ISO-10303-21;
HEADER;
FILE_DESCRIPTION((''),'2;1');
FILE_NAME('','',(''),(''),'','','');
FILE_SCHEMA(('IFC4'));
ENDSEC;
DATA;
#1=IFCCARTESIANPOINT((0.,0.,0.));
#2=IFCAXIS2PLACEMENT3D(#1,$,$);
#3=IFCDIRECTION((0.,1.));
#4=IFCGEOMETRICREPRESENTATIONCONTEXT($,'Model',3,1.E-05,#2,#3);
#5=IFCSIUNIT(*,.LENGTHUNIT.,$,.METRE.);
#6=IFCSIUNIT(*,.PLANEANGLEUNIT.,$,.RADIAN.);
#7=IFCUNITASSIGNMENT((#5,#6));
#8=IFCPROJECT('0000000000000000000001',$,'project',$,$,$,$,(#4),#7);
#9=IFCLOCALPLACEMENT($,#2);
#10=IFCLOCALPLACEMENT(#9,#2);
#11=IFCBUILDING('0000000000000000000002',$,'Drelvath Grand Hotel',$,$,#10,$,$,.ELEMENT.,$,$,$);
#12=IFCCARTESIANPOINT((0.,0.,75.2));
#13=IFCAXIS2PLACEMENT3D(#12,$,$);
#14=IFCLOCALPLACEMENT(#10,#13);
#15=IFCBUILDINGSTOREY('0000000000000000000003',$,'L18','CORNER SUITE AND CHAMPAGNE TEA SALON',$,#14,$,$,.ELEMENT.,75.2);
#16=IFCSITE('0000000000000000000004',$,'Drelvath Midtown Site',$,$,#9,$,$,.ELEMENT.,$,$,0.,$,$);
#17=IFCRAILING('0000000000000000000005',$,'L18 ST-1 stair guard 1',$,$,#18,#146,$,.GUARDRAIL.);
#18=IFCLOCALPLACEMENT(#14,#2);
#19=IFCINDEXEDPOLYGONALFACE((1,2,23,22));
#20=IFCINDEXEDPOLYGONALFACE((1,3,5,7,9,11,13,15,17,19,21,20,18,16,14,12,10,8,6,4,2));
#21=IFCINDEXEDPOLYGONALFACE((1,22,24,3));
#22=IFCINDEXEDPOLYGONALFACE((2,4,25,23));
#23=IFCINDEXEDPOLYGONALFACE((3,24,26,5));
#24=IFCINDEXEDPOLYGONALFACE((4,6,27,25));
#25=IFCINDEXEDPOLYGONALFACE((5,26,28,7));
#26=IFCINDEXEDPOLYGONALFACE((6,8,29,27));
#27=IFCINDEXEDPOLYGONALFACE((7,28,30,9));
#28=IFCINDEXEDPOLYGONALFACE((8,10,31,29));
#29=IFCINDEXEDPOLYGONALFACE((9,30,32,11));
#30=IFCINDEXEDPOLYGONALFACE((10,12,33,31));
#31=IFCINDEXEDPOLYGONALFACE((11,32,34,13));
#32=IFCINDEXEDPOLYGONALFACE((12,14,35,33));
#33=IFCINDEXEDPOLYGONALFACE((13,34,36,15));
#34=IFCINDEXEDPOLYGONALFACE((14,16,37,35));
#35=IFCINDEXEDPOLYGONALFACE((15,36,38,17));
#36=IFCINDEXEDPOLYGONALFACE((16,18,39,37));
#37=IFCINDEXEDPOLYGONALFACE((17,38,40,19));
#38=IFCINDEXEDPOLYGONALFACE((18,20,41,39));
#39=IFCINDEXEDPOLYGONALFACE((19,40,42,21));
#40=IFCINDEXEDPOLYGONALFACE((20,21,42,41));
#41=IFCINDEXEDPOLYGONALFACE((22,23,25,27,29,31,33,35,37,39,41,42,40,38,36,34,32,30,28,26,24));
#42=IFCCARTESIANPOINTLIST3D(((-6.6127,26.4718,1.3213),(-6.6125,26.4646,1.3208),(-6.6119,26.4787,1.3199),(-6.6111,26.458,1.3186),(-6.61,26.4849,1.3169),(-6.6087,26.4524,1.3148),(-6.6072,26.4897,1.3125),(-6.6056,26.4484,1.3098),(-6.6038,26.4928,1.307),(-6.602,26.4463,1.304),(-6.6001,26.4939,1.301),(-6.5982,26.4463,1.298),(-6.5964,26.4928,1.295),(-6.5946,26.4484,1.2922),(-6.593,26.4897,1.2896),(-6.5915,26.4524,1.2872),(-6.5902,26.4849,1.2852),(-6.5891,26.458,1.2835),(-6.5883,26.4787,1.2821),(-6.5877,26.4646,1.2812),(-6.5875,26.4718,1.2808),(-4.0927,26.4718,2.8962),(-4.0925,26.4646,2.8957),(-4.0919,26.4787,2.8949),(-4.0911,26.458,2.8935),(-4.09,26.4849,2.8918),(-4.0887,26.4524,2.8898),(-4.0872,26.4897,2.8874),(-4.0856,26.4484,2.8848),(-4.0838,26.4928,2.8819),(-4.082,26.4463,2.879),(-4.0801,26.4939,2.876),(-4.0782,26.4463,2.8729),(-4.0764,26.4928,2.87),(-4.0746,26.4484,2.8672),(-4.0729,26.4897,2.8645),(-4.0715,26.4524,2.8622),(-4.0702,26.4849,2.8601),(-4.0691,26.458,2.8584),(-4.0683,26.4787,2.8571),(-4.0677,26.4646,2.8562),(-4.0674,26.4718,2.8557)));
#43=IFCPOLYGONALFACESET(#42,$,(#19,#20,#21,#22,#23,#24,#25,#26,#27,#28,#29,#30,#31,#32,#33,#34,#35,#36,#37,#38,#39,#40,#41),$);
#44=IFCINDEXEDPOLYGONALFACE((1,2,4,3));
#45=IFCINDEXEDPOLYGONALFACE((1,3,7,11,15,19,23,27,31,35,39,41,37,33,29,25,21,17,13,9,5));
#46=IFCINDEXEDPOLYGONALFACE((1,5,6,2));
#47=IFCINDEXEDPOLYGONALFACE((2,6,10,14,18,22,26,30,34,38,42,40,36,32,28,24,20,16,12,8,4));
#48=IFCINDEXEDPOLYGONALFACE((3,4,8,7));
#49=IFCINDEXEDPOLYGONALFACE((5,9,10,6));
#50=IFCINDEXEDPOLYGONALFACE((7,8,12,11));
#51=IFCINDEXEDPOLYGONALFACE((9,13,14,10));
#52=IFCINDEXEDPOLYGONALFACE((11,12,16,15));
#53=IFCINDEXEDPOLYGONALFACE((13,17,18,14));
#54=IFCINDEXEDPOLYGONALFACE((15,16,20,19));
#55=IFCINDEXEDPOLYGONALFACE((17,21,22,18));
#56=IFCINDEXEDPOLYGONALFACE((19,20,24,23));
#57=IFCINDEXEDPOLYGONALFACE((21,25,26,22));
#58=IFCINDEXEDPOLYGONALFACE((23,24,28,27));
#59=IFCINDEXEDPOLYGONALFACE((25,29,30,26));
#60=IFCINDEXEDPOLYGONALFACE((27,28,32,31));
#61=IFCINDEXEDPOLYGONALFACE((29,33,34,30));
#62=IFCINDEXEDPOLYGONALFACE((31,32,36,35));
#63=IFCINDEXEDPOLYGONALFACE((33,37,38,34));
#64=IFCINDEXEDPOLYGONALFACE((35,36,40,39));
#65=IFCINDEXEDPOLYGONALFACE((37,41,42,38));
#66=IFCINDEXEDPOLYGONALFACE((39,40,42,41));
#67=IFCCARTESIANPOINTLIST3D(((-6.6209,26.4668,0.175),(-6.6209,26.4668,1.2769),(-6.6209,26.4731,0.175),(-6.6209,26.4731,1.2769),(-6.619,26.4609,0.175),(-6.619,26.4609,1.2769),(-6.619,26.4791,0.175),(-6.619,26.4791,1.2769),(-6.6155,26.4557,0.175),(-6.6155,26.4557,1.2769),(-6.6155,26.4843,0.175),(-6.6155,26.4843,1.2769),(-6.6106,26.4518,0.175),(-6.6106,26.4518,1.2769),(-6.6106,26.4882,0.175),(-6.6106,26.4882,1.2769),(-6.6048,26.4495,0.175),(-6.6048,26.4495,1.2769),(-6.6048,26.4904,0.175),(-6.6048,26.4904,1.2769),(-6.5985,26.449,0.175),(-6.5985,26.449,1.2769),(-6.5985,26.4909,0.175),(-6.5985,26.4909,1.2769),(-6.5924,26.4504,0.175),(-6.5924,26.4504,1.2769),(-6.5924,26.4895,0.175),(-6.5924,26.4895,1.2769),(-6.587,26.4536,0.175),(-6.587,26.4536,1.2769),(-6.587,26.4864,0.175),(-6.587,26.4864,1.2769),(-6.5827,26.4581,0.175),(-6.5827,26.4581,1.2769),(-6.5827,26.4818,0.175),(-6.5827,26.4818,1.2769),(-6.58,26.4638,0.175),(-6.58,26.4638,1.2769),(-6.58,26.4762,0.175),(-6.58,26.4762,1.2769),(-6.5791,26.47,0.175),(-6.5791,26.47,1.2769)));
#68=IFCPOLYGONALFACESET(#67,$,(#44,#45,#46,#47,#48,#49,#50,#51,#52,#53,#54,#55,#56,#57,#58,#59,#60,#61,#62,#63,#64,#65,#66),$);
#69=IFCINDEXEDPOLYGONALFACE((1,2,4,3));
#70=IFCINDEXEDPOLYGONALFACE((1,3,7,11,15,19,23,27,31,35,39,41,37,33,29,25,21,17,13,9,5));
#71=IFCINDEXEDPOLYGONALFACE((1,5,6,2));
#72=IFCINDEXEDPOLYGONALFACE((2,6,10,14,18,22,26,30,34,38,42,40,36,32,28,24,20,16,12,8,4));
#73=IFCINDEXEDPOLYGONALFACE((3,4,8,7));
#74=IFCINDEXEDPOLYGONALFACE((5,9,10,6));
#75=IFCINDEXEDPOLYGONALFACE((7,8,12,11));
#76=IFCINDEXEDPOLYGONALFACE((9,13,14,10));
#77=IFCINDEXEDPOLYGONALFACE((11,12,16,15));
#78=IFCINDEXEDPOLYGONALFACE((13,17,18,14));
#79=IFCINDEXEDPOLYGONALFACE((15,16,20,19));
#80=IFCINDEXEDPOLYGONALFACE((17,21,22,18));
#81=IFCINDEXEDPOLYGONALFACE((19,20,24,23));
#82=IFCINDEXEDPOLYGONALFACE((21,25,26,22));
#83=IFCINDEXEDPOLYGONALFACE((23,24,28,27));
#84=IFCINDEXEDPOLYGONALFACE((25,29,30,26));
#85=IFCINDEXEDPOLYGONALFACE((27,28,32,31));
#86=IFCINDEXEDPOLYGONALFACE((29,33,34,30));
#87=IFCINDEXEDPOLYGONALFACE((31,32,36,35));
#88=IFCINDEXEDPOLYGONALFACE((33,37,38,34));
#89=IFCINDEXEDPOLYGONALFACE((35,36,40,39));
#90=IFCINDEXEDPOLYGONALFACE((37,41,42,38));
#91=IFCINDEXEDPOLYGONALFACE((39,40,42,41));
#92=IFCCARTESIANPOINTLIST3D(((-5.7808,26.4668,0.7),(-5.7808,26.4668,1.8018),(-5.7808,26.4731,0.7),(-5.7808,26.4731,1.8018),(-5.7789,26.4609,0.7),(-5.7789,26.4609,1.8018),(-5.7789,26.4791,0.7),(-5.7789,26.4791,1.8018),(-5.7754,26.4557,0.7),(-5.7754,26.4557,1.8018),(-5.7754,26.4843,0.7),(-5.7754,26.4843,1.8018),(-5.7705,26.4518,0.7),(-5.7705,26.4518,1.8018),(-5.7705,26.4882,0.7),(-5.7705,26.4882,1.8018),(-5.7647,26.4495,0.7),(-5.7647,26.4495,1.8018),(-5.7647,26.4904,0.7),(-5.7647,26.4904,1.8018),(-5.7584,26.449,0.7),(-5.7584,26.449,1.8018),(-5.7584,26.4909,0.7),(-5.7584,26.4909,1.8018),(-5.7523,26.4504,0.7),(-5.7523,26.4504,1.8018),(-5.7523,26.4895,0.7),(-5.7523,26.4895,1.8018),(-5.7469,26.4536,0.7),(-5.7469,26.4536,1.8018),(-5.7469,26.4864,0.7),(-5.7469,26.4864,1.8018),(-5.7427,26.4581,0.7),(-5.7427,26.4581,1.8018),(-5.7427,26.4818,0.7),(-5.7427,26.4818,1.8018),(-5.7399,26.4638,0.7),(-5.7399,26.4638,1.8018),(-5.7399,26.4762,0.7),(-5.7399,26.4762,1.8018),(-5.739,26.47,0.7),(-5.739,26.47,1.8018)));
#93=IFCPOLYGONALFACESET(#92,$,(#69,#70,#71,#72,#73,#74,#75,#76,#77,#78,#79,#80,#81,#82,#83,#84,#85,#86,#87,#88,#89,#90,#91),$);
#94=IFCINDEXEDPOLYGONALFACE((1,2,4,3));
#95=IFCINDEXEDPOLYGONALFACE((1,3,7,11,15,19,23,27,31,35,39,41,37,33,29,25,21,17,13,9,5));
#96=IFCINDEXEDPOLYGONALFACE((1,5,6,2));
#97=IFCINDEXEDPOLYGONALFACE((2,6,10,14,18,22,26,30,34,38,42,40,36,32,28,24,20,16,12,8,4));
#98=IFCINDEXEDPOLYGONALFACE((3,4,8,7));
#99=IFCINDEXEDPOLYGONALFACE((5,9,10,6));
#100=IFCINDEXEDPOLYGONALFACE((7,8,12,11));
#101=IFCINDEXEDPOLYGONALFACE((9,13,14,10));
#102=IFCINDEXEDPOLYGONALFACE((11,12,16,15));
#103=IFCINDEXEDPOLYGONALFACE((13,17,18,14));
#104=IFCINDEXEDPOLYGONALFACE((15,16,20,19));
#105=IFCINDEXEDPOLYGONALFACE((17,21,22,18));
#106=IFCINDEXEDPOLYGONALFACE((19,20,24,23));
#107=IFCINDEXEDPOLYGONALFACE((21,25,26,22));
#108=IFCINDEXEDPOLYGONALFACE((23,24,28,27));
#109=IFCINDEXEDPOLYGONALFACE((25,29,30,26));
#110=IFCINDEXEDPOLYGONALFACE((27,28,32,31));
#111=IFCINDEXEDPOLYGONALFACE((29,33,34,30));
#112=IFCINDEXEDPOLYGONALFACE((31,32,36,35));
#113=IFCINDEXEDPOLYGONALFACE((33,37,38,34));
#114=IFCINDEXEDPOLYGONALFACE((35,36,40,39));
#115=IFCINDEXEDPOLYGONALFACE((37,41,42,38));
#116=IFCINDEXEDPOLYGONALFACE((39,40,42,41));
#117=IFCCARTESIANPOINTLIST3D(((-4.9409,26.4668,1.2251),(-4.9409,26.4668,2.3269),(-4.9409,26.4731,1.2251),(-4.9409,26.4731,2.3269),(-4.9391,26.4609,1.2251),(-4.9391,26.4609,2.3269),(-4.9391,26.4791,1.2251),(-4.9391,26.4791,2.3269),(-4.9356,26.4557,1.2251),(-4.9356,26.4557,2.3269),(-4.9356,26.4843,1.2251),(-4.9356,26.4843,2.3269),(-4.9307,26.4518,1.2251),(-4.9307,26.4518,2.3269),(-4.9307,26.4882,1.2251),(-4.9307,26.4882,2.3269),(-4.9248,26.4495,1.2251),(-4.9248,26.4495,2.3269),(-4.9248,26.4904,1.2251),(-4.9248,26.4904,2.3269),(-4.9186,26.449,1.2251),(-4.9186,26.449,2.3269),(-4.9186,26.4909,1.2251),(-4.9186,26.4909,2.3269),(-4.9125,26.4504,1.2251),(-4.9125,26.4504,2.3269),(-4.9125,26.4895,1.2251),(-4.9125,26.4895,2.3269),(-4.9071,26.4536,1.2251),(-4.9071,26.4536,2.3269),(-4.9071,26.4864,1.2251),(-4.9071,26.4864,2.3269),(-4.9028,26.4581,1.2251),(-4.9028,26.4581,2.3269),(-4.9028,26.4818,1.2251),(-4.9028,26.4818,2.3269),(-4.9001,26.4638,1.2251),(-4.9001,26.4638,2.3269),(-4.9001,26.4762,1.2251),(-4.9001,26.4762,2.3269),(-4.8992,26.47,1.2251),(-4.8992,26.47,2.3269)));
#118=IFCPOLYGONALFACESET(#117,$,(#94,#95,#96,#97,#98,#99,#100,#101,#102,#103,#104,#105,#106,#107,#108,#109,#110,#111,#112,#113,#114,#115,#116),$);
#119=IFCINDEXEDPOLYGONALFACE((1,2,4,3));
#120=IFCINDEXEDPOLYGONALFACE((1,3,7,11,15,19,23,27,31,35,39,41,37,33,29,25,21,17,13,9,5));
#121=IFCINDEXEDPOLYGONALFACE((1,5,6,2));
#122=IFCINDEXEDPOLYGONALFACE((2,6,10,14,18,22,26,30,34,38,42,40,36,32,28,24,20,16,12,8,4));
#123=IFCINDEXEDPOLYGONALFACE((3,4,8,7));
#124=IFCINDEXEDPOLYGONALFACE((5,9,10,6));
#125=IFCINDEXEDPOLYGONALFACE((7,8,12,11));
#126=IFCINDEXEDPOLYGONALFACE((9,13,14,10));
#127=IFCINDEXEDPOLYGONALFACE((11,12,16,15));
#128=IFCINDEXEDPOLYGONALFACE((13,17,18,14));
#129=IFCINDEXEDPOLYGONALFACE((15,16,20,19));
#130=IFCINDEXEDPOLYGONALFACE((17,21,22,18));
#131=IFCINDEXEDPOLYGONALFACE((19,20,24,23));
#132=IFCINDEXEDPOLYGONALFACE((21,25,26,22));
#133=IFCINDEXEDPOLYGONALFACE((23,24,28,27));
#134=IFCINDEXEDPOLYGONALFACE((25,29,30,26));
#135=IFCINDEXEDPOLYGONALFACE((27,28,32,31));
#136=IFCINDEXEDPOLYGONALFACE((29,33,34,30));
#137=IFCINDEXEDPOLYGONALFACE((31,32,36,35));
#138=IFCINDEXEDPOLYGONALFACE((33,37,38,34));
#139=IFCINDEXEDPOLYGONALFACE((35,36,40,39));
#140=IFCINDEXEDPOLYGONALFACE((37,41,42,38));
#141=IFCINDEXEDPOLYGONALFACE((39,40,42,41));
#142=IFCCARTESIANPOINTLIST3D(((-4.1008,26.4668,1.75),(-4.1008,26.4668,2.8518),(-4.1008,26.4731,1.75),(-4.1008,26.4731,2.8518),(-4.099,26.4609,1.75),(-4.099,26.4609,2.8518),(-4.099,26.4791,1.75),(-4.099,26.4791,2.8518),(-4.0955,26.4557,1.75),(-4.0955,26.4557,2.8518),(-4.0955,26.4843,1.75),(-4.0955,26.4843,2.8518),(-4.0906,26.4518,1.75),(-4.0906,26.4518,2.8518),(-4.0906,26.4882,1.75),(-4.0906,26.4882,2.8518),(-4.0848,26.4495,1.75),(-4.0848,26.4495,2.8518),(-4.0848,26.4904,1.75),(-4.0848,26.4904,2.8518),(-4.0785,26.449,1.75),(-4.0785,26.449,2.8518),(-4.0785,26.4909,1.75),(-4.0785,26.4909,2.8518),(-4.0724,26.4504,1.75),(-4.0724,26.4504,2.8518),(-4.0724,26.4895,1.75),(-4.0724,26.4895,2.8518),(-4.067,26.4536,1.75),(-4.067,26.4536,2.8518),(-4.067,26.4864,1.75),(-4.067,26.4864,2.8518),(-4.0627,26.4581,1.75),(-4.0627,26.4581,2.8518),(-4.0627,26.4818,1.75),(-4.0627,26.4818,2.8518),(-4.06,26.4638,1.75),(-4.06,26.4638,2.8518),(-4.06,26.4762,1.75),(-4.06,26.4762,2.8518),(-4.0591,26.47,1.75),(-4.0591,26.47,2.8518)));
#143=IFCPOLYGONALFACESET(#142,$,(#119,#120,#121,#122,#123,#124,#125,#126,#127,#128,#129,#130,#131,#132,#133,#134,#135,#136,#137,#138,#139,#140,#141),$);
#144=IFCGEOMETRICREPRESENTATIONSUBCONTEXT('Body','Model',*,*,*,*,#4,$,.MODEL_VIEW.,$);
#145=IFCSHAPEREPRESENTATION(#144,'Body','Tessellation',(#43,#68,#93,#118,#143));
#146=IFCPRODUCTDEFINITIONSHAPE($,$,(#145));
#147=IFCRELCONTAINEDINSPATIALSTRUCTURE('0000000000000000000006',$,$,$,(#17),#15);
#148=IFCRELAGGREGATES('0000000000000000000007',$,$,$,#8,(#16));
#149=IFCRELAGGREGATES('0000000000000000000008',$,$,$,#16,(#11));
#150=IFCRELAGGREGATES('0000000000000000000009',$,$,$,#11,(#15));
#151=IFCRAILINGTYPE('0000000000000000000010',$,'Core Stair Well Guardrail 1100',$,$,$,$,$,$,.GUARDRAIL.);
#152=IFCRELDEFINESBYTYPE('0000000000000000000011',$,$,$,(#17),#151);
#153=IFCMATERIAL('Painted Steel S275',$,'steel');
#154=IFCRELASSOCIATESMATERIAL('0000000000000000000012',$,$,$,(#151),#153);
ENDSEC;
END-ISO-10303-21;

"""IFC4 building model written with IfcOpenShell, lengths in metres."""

from ifc_helpers import new_model, si_unit, direction, frame, origin, origin_2d, place, context, subcontext, project, spatial, circle, extrude, material, type_object, element, save


model = new_model("IFC4")

# Units and contexts
model_context = context("Model", 3, precision=1e-05, world=origin(), true_north=direction((0.0, 1.0)))
body_context = subcontext(model_context, "Body", "Model", "MODEL_VIEW")
ifc_project = project(units=[si_unit("LENGTHUNIT", "METRE"), si_unit("PLANEANGLEUNIT", "RADIAN")], contexts=[model_context])

# Site, building, storey
site_placement = place(None, origin())
site = spatial("IfcSite", under=ifc_project, at=site_placement, Name="Drelvath Midtown Site", CompositionType="ELEMENT", RefElevation=0.0)
building_placement = place(site_placement, origin())
building = spatial("IfcBuilding", under=site, at=building_placement, Name="Drelvath Grand Hotel", CompositionType="ELEMENT")
storey_placement = place(building_placement, frame((0.0, 0.0, 75.2)))
storey = spatial("IfcBuildingStorey", under=building, at=storey_placement, Name="L18", Description="CORNER SUITE AND CHAMPAGNE TEA SALON", CompositionType="ELEMENT", Elevation=75.2)

# Shared definitions
ifc_material_1 = material(Name="Painted Steel S275", Category="steel")

# Railing
railing_type_1 = type_object("IfcRailingType", Name="Core Stair Well Guardrail 1100", PredefinedType="GUARDRAIL", material=ifc_material_1)
railing_1_placement = place(storey_placement, frame((-6.6001, 26.47, 0.175)))
element("IfcRailing", 1, at=railing_1_placement, inside=storey, type_object=railing_type_1, Name="L18 ST-1 stair guard 1", PredefinedType="GUARDRAIL", context=body_context, shape_type="SweptSolid", body=[
    extrude(circle(Radius=0.0239, at=origin_2d()), frame((0.0, 0.0, 1.126), z_axis=(0.848008, 0.0, 0.529984), x_axis=(0.0, 1.0, 0.0)), (0.0, 0.0, 1.0), 2.9717),
    extrude(circle(Radius=0.021, at=origin_2d()), origin(), (0.0, 0.0, 1.0), 1.1018),
    extrude(circle(Radius=0.021, at=origin_2d()), frame((0.8401, 0.0, 0.5249)), (0.0, 0.0, 1.0), 1.1018),
    extrude(circle(Radius=0.021, at=origin_2d()), frame((1.6799, 0.0, 1.05)), (0.0, 0.0, 1.0), 1.1018),
    extrude(circle(Radius=0.021, at=origin_2d()), frame((2.52, 0.0, 1.575)), (0.0, 0.0, 1.0), 1.1018),
])

save(model, "model.ifc")
